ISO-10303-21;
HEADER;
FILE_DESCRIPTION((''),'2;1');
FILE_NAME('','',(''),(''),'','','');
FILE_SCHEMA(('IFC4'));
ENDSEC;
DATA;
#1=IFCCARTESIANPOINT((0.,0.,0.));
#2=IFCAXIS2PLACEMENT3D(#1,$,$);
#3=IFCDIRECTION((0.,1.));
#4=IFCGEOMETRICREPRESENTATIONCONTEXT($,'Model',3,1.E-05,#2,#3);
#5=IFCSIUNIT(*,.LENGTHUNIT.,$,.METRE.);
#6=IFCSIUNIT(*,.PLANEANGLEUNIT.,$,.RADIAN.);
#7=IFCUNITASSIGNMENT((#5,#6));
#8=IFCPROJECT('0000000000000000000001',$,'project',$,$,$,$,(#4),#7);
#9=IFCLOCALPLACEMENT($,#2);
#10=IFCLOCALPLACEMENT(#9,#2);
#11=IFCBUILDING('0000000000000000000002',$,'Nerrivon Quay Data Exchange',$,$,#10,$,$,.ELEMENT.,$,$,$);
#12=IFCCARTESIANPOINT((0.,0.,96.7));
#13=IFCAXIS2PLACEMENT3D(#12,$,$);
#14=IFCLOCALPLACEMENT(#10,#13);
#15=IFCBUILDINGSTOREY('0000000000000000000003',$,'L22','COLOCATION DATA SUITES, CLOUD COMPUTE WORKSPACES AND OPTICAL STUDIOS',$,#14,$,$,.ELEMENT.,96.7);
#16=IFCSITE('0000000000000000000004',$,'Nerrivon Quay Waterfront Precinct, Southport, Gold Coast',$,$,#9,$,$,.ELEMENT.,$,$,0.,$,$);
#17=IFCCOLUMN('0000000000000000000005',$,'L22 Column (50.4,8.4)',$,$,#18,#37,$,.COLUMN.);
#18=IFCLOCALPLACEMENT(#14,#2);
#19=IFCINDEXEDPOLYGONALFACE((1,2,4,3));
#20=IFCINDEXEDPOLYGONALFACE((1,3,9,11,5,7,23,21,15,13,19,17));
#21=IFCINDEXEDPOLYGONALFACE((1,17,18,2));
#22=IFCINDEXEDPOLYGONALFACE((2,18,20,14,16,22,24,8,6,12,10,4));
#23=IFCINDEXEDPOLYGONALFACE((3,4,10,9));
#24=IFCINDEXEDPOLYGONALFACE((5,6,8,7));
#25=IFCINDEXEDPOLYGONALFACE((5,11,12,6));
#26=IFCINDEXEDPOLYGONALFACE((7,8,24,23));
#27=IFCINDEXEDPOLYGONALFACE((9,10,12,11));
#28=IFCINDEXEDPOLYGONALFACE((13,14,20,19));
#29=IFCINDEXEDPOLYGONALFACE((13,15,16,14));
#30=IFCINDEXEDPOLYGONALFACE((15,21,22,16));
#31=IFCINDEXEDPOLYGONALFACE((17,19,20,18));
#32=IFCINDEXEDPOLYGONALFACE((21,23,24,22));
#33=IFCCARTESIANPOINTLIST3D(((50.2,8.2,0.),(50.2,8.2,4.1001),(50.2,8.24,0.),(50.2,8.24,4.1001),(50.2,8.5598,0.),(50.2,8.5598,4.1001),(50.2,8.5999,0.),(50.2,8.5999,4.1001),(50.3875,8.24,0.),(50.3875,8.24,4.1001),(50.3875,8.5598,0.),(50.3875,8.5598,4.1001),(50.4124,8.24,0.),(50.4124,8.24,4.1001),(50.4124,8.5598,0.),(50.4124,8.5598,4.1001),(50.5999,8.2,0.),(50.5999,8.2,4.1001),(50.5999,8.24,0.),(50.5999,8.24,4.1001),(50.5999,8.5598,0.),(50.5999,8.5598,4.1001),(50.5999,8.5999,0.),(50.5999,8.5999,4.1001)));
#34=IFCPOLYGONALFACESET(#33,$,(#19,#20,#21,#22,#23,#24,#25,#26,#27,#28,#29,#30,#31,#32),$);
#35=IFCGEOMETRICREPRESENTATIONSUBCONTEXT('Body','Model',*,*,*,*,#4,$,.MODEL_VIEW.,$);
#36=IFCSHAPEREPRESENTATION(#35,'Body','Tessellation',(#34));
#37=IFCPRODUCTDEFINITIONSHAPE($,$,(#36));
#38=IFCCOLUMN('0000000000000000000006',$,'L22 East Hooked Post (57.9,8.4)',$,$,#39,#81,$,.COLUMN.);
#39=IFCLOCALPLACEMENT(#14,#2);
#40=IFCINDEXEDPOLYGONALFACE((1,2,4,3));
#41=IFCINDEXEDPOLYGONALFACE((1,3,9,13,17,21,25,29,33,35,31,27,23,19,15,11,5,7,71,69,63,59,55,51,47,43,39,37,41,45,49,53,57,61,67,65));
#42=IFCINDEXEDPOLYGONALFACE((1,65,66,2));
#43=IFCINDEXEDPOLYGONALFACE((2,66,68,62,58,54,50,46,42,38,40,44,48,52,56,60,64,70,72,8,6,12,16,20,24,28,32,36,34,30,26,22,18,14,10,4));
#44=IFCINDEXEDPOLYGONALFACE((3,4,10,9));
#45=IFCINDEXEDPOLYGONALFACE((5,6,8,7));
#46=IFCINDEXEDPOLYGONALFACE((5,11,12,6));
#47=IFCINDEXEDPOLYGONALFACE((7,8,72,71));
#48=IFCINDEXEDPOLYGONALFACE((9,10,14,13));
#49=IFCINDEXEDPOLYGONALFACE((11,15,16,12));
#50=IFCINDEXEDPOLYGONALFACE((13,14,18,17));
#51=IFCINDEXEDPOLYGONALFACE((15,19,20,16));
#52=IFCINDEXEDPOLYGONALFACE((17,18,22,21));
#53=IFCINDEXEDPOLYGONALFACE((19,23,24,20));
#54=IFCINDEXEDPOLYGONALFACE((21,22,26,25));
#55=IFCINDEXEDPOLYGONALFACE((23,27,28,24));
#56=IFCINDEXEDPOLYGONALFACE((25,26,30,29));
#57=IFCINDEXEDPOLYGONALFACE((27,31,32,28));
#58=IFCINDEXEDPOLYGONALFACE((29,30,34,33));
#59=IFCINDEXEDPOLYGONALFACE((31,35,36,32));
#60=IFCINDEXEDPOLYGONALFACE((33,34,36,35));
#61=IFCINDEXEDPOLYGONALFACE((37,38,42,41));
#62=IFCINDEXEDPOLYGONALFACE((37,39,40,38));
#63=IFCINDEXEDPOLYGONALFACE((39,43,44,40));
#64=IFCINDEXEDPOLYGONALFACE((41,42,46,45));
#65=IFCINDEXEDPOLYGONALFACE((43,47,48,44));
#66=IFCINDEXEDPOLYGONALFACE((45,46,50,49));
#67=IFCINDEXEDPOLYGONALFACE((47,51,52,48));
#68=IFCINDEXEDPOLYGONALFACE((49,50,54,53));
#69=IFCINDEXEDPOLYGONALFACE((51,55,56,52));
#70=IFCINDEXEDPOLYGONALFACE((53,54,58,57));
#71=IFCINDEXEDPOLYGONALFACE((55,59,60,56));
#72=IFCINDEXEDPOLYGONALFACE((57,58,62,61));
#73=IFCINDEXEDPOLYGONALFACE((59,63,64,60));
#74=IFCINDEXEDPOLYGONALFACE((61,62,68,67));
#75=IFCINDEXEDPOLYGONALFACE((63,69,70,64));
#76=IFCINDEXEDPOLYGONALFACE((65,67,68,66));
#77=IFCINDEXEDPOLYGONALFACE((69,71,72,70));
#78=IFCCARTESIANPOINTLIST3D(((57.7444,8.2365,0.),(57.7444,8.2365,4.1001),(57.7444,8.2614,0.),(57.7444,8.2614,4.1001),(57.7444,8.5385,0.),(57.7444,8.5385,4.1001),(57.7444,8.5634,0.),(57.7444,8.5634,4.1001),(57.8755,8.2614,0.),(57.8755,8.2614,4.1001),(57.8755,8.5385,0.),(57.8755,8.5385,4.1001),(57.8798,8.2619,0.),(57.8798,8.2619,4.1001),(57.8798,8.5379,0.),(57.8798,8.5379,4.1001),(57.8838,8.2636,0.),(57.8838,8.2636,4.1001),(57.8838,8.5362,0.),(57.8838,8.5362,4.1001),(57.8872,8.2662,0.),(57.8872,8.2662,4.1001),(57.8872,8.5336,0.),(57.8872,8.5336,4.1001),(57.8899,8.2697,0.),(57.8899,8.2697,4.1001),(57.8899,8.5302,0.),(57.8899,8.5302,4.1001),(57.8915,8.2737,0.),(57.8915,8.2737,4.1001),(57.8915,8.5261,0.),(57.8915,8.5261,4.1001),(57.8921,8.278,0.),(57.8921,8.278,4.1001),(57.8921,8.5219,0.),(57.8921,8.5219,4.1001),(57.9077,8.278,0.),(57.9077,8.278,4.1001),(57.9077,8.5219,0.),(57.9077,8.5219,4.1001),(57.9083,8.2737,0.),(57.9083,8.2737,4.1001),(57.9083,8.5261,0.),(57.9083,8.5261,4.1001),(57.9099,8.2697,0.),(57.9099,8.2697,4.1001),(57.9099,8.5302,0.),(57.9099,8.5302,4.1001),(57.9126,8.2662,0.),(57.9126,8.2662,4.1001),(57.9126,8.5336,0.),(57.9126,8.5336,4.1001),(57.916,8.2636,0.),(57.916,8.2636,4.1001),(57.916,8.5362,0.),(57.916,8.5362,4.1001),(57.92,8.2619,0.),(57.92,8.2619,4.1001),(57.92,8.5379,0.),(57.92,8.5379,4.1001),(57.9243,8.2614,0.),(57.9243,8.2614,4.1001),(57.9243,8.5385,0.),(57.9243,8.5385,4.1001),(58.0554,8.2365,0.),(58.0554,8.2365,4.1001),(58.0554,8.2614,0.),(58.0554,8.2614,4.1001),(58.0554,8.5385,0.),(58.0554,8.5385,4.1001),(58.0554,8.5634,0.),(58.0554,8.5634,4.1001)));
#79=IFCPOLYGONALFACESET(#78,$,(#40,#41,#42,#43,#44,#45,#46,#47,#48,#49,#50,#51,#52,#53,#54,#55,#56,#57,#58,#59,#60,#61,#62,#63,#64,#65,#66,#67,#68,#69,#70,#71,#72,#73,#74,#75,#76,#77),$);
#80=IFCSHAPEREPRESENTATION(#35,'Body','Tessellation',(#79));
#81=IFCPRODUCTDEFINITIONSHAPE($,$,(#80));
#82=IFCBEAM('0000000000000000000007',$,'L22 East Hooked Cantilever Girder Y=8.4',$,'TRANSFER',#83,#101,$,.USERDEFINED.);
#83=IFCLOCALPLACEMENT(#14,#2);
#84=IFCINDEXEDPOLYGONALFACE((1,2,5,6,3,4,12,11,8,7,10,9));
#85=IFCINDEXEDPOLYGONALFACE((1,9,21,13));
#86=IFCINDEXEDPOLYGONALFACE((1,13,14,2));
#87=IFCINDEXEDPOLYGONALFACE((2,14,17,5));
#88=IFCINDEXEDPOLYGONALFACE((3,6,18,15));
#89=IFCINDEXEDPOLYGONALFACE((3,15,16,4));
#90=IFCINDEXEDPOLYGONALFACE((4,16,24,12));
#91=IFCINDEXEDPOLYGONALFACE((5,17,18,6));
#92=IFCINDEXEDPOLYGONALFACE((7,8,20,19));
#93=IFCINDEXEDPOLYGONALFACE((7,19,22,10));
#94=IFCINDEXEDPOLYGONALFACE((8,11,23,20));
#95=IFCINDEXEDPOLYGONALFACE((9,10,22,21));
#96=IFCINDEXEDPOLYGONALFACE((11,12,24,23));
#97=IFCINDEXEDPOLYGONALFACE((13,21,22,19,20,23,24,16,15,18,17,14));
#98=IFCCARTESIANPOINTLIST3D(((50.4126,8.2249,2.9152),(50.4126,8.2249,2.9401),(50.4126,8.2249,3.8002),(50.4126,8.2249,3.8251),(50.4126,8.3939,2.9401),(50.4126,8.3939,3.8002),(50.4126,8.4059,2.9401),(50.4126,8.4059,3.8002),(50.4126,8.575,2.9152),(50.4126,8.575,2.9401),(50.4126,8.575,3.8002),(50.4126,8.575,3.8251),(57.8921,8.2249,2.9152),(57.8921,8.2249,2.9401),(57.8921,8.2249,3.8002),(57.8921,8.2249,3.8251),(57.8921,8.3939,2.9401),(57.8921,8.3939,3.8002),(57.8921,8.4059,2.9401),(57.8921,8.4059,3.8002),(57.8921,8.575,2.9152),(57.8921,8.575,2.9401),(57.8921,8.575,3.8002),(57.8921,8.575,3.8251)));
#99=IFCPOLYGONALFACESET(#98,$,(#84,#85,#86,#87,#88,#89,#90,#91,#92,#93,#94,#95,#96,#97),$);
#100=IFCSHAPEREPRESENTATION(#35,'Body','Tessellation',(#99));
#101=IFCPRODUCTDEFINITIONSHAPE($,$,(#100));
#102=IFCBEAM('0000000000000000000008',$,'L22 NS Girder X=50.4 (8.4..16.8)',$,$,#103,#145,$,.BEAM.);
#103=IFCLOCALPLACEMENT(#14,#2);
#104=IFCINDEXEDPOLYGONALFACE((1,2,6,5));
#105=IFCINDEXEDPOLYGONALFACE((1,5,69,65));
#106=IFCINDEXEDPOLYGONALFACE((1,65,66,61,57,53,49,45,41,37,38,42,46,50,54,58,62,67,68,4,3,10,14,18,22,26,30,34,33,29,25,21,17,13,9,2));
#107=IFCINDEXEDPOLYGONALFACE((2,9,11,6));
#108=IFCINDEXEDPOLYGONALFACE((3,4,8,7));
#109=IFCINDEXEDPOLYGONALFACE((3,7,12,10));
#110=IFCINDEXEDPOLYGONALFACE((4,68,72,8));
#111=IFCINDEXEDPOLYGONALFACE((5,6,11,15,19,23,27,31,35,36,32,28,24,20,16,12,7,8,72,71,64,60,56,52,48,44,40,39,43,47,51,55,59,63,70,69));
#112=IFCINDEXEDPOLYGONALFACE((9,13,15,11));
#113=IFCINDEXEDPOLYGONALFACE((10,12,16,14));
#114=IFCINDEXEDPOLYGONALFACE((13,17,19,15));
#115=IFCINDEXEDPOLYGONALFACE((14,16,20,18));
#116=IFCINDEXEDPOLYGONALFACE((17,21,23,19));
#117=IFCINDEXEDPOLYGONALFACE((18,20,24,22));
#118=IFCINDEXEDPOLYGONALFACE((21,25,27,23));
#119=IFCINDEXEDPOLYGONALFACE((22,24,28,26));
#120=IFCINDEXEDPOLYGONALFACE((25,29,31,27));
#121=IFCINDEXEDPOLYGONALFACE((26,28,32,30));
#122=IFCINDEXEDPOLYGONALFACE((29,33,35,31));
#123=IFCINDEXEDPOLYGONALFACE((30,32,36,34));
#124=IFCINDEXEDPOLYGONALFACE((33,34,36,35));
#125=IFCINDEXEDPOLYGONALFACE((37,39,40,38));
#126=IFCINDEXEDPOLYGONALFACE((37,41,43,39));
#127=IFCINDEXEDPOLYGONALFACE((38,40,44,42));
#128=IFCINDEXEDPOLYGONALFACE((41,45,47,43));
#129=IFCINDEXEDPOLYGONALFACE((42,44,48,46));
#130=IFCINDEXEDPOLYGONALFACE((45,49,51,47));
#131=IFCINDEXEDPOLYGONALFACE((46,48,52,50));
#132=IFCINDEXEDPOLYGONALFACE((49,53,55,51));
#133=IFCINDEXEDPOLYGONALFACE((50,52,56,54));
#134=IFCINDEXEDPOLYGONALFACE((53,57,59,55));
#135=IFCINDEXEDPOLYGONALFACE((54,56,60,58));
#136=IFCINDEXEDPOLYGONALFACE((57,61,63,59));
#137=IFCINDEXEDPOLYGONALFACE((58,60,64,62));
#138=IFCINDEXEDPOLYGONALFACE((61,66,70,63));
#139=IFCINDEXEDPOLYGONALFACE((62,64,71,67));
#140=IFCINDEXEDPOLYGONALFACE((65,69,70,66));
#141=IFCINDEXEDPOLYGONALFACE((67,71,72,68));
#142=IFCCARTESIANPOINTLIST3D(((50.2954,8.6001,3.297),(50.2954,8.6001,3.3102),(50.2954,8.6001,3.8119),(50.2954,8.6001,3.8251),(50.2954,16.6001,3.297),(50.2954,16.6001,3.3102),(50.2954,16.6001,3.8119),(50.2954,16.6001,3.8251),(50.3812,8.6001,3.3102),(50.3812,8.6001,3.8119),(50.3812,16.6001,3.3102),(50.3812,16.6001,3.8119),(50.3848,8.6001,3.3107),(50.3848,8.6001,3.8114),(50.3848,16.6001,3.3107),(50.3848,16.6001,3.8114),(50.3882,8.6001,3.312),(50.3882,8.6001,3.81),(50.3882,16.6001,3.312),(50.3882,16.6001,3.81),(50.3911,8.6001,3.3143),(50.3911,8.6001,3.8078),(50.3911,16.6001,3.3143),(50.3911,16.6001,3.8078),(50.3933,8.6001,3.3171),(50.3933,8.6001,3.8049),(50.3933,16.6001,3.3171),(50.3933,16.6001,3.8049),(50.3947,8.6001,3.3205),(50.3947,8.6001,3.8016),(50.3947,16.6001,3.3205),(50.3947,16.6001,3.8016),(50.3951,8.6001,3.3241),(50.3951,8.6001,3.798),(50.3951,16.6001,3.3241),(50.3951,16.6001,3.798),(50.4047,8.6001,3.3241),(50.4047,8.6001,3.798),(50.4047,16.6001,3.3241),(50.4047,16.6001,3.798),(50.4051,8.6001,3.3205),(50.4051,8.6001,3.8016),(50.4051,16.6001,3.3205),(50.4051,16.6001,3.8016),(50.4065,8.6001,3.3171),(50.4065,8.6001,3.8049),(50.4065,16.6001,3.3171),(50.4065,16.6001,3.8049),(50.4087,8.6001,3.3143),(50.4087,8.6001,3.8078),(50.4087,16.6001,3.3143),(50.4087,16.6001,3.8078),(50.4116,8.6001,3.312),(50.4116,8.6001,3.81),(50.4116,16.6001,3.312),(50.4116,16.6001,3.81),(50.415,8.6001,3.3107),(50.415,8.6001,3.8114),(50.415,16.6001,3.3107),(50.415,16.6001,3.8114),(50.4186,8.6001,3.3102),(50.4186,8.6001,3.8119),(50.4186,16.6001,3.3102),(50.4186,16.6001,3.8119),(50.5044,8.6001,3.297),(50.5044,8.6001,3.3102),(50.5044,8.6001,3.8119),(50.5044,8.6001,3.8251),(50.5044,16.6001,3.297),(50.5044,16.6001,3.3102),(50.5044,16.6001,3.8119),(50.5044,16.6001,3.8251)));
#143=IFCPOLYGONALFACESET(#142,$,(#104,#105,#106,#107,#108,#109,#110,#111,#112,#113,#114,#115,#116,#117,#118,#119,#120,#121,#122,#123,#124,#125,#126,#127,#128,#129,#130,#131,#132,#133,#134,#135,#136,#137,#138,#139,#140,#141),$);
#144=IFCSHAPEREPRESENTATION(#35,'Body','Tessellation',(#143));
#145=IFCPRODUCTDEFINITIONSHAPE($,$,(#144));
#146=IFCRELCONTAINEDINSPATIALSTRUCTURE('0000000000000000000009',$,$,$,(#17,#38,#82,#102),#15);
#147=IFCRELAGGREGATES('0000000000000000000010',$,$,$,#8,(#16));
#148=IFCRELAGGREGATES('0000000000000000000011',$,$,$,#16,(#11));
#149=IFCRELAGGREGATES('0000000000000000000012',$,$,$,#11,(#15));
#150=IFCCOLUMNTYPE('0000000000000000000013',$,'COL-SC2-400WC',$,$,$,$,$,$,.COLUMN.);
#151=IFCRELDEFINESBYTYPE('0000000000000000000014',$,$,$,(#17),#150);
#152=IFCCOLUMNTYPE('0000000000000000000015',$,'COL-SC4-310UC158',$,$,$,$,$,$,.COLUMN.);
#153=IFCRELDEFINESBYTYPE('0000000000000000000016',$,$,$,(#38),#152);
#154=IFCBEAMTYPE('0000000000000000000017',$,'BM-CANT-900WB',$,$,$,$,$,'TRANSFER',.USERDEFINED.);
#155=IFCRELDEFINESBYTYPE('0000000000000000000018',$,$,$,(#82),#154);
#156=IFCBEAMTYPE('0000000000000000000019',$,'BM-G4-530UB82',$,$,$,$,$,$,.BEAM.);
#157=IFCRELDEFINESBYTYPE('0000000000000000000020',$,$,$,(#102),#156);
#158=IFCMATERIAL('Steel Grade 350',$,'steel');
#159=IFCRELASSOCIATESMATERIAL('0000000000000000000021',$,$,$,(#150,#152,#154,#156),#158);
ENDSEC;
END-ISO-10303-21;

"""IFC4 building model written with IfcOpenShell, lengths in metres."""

from ifc_helpers import new_model, si_unit, direction, frame, origin, origin_2d, place, context, subcontext, project, spatial, i_section, extrude, material, material_profile, profile_set, type_object, element, save


model = new_model("IFC4")

# Units and contexts
model_context = context("Model", 3, precision=1e-05, world=origin(), true_north=direction((0.0, 1.0)))
body_context = subcontext(model_context, "Body", "Model", "MODEL_VIEW")
ifc_project = project(units=[si_unit("LENGTHUNIT", "METRE"), si_unit("PLANEANGLEUNIT", "RADIAN")], contexts=[model_context])

# Site, building, storey
site_placement = place(None, origin())
site = spatial("IfcSite", under=ifc_project, at=site_placement, Name="Nerrivon Quay Waterfront Precinct, Southport, Gold Coast", CompositionType="ELEMENT", RefElevation=0.0)
building_placement = place(site_placement, origin())
building = spatial("IfcBuilding", under=site, at=building_placement, Name="Nerrivon Quay Data Exchange", CompositionType="ELEMENT")
storey_placement = place(building_placement, frame((0.0, 0.0, 96.7)))
storey = spatial("IfcBuildingStorey", under=building, at=storey_placement, Name="L22", Description="COLOCATION DATA SUITES, CLOUD COMPUTE WORKSPACES AND OPTICAL STUDIOS", CompositionType="ELEMENT", Elevation=96.7)

# Columns
ifc_material_1 = material(Name="Steel Grade 350", Category="steel")
ifc_material_profile_1 = material_profile(ifc_material_1, i_section(OverallWidth=0.3999, OverallDepth=0.3999, WebThickness=0.0249, FlangeThickness=0.04, at=origin_2d()), Name="400WC328")
ifc_profile_set_1 = profile_set([ifc_material_profile_1], Name="Steel Grade 350")
column_type_1 = type_object("IfcColumnType", Name="COL-SC2-400WC", PredefinedType="COLUMN", material=ifc_profile_set_1)
column_1_placement = place(storey_placement, frame((50.3999, 8.3999, 0.0), z_axis=(0.0, 0.0, 1.0), x_axis=(1.0, 0.0, 0.0)))
element("IfcColumn", 1, at=column_1_placement, inside=storey, type_object=column_type_1, Name="L22 Column (50.4,8.4)", PredefinedType="COLUMN", context=body_context, shape_type="SweptSolid", body=[
    extrude(i_section(OverallWidth=0.3999, OverallDepth=0.3999, WebThickness=0.0249, FlangeThickness=0.04, at=origin_2d()), origin(), (0.0, 0.0, 1.0), 4.1001),
])
ifc_material_profile_2 = material_profile(ifc_material_1, i_section(OverallWidth=0.311, OverallDepth=0.3269, WebThickness=0.0156, FlangeThickness=0.0249, FilletRadius=0.0166, at=origin_2d()), Name="310UC158")
ifc_profile_set_2 = profile_set([ifc_material_profile_2], Name="Steel Grade 350")
column_type_2 = type_object("IfcColumnType", Name="COL-SC4-310UC158", PredefinedType="COLUMN", material=ifc_profile_set_2)
column_2_placement = place(storey_placement, frame((57.8999, 8.3999, 0.0), z_axis=(0.0, 0.0, 1.0), x_axis=(1.0, 0.0, 0.0)))
element("IfcColumn", 2, at=column_2_placement, inside=storey, type_object=column_type_2, Name="L22 East Hooked Post (57.9,8.4)", PredefinedType="COLUMN", context=body_context, shape_type="SweptSolid", body=[
    extrude(i_section(OverallWidth=0.311, OverallDepth=0.3269, WebThickness=0.0156, FlangeThickness=0.0249, FilletRadius=0.0166, at=origin_2d()), origin(), (0.0, 0.0, 1.0), 4.1001),
])

# Beams
ifc_material_profile_3 = material_profile(ifc_material_1, i_section(OverallWidth=0.3501, OverallDepth=0.9099, WebThickness=0.012, FlangeThickness=0.0249, at=origin_2d()), Name="900WB218")
ifc_profile_set_3 = profile_set([ifc_material_profile_3], Name="Steel Grade 350")
beam_type_1 = type_object("IfcBeamType", Name="BM-CANT-900WB", ElementType="TRANSFER", PredefinedType="USERDEFINED", material=ifc_profile_set_3)
beam_1_placement = place(storey_placement, frame((50.4126, 8.3999, 3.3701), z_axis=(1.0, 0.0, 0.0), x_axis=(0.0, 1.0, 0.0)))
element("IfcBeam", 3, at=beam_1_placement, inside=storey, type_object=beam_type_1, Name="L22 East Hooked Cantilever Girder Y=8.4", ObjectType="TRANSFER", PredefinedType="USERDEFINED", context=body_context, shape_type="SweptSolid", body=[
    extrude(i_section(OverallWidth=0.3501, OverallDepth=0.9099, WebThickness=0.012, FlangeThickness=0.0249, at=origin_2d()), origin(), (0.0, 0.0, 1.0), 7.4795),
])
ifc_material_profile_4 = material_profile(ifc_material_1, i_section(OverallWidth=0.209, OverallDepth=0.5281, WebThickness=0.0095, FlangeThickness=0.0132, FilletRadius=0.0139, at=origin_2d()), Name="530UB82.0")
ifc_profile_set_4 = profile_set([ifc_material_profile_4], Name="Steel Grade 350")
beam_type_2 = type_object("IfcBeamType", Name="BM-G4-530UB82", PredefinedType="BEAM", material=ifc_profile_set_4)
beam_2_placement = place(storey_placement, frame((50.3999, 8.6001, 3.561), z_axis=(0.0, 1.0, 0.0), x_axis=(-1.0, 0.0, 0.0)))
element("IfcBeam", 4, at=beam_2_placement, inside=storey, type_object=beam_type_2, Name="L22 NS Girder X=50.4 (8.4..16.8)", PredefinedType="BEAM", context=body_context, shape_type="SweptSolid", body=[
    extrude(i_section(OverallWidth=0.209, OverallDepth=0.5281, WebThickness=0.0095, FlangeThickness=0.0132, FilletRadius=0.0139, at=origin_2d()), origin(), (0.0, 0.0, 1.0), 8.0),
])

save(model, "model.ifc")
